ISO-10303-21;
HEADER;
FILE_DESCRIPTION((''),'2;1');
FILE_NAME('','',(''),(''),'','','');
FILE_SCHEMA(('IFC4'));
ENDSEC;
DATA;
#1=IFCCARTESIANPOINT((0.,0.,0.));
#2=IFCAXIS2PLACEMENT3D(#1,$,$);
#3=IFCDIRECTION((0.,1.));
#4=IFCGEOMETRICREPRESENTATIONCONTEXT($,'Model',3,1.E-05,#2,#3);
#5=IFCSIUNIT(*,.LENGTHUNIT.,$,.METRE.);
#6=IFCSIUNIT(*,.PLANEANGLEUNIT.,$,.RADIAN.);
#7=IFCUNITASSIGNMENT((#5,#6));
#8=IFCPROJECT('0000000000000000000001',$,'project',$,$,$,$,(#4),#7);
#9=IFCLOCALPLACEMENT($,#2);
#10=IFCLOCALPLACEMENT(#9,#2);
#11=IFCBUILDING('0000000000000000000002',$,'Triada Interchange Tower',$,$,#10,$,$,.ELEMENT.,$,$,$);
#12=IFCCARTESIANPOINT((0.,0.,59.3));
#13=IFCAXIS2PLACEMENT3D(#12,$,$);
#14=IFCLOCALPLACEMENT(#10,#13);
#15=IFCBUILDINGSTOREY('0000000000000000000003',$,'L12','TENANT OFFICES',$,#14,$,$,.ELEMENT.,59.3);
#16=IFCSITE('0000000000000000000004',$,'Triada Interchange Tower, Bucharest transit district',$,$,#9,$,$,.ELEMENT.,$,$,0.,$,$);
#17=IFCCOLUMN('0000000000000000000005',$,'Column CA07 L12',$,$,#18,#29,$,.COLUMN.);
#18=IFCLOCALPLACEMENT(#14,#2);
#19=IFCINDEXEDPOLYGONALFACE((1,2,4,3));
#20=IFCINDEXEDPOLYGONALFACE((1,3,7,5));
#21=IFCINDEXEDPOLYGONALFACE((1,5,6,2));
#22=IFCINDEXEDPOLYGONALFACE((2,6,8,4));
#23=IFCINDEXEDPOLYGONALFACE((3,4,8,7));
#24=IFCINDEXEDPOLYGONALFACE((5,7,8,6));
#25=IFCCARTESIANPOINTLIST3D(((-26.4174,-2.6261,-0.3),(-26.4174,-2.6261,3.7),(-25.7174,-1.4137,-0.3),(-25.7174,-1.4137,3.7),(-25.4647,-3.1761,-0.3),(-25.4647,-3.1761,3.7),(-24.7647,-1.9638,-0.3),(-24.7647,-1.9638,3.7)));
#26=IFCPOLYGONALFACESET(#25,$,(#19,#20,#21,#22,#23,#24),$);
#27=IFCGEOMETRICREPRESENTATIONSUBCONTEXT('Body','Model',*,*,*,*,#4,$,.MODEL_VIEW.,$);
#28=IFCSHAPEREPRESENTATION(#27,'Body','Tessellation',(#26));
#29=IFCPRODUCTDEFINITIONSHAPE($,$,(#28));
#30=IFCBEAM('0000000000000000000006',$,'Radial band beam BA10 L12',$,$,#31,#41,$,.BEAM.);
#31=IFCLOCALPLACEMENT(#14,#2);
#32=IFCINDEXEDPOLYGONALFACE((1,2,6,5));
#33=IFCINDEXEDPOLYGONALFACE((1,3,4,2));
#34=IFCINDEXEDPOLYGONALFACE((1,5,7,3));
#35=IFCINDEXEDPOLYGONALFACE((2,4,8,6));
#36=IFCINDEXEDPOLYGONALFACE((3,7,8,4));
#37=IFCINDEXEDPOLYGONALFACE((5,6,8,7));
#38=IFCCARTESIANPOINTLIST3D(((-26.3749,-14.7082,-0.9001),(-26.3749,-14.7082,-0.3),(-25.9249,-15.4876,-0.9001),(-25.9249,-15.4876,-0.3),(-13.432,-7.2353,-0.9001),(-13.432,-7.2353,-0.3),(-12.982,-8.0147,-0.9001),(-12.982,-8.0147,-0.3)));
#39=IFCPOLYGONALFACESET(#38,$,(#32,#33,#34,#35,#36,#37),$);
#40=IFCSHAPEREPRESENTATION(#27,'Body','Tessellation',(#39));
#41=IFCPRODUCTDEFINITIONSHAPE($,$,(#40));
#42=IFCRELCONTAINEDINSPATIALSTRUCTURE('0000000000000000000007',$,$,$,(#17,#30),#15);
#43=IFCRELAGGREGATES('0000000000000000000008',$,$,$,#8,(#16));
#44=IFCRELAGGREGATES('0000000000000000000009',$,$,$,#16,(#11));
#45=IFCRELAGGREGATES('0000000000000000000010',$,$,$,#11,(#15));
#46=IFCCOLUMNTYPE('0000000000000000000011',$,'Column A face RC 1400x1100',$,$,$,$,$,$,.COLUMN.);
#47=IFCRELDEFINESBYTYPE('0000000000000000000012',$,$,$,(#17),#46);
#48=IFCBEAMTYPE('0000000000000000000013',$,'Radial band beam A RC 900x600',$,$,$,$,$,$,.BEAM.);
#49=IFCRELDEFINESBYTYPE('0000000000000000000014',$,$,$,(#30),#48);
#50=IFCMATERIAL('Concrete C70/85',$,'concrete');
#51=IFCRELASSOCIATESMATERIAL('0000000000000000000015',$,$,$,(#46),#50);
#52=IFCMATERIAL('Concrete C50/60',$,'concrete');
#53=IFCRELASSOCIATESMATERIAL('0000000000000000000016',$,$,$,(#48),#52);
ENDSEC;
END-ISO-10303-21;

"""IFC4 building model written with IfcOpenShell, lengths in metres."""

from ifc_helpers import new_model, si_unit, direction, frame, origin, origin_2d, place, context, subcontext, project, spatial, rectangle, extrude, material, material_profile, profile_set, type_object, element, save


model = new_model("IFC4")

# Units and contexts
model_context = context("Model", 3, precision=1e-05, world=origin(), true_north=direction((0.0, 1.0)))
body_context = subcontext(model_context, "Body", "Model", "MODEL_VIEW")
ifc_project = project(units=[si_unit("LENGTHUNIT", "METRE"), si_unit("PLANEANGLEUNIT", "RADIAN")], contexts=[model_context])

# Site, building, storey
site_placement = place(None, origin())
site = spatial("IfcSite", under=ifc_project, at=site_placement, Name="Triada Interchange Tower, Bucharest transit district", CompositionType="ELEMENT", RefElevation=0.0)
building_placement = place(site_placement, origin())
building = spatial("IfcBuilding", under=site, at=building_placement, Name="Triada Interchange Tower", CompositionType="ELEMENT")
storey_placement = place(building_placement, frame((0.0, 0.0, 59.3)))
storey = spatial("IfcBuildingStorey", under=building, at=storey_placement, Name="L12", Description="TENANT OFFICES", CompositionType="ELEMENT", Elevation=59.3)

# Column
ifc_material_1 = material(Name="Concrete C70/85", Category="concrete")
ifc_material_profile_1 = material_profile(ifc_material_1, rectangle(XDim=1.3999, YDim=1.1001, at=origin_2d()), Name="RC 1400x1100")
ifc_profile_set_1 = profile_set([ifc_material_profile_1], Name="Concrete C70/85")
column_type = type_object("IfcColumnType", Name="Column A face RC 1400x1100", PredefinedType="COLUMN", material=ifc_profile_set_1)
column_placement = place(storey_placement, frame((-25.5911, -2.2949, -0.3), z_axis=(0.0, 0.0, 1.0), x_axis=(0.5, 0.866025, 0.0)))
element("IfcColumn", 1, at=column_placement, inside=storey, type_object=column_type, Name="Column CA07 L12", PredefinedType="COLUMN", context=body_context, shape_type="SweptSolid", body=[
    extrude(rectangle(XDim=1.3999, YDim=1.1001, at=origin_2d()), origin(), (0.0, 0.0, 1.0), 4.0),
])

# Beam
ifc_material_2 = material(Name="Concrete C50/60", Category="concrete")
ifc_material_profile_2 = material_profile(ifc_material_2, rectangle(XDim=0.8999, YDim=0.6001, at=origin_2d()), Name="RC 900x600")
ifc_profile_set_2 = profile_set([ifc_material_profile_2], Name="Concrete C50/60")
beam_type = type_object("IfcBeamType", Name="Radial band beam A RC 900x600", PredefinedType="BEAM", material=ifc_profile_set_2)
beam_placement = place(storey_placement, frame((-26.1499, -15.0979, -0.6001), z_axis=(0.866016, 0.500017, 0.0), x_axis=(-0.500017, 0.866016, 0.0)))
element("IfcBeam", 2, at=beam_placement, inside=storey, type_object=beam_type, Name="Radial band beam BA10 L12", PredefinedType="BEAM", context=body_context, shape_type="SweptSolid", body=[
    extrude(rectangle(XDim=0.8999, YDim=0.6001, at=origin_2d()), origin(), (0.0, 0.0, 1.0), 14.9453),
])

save(model, "model.ifc")
